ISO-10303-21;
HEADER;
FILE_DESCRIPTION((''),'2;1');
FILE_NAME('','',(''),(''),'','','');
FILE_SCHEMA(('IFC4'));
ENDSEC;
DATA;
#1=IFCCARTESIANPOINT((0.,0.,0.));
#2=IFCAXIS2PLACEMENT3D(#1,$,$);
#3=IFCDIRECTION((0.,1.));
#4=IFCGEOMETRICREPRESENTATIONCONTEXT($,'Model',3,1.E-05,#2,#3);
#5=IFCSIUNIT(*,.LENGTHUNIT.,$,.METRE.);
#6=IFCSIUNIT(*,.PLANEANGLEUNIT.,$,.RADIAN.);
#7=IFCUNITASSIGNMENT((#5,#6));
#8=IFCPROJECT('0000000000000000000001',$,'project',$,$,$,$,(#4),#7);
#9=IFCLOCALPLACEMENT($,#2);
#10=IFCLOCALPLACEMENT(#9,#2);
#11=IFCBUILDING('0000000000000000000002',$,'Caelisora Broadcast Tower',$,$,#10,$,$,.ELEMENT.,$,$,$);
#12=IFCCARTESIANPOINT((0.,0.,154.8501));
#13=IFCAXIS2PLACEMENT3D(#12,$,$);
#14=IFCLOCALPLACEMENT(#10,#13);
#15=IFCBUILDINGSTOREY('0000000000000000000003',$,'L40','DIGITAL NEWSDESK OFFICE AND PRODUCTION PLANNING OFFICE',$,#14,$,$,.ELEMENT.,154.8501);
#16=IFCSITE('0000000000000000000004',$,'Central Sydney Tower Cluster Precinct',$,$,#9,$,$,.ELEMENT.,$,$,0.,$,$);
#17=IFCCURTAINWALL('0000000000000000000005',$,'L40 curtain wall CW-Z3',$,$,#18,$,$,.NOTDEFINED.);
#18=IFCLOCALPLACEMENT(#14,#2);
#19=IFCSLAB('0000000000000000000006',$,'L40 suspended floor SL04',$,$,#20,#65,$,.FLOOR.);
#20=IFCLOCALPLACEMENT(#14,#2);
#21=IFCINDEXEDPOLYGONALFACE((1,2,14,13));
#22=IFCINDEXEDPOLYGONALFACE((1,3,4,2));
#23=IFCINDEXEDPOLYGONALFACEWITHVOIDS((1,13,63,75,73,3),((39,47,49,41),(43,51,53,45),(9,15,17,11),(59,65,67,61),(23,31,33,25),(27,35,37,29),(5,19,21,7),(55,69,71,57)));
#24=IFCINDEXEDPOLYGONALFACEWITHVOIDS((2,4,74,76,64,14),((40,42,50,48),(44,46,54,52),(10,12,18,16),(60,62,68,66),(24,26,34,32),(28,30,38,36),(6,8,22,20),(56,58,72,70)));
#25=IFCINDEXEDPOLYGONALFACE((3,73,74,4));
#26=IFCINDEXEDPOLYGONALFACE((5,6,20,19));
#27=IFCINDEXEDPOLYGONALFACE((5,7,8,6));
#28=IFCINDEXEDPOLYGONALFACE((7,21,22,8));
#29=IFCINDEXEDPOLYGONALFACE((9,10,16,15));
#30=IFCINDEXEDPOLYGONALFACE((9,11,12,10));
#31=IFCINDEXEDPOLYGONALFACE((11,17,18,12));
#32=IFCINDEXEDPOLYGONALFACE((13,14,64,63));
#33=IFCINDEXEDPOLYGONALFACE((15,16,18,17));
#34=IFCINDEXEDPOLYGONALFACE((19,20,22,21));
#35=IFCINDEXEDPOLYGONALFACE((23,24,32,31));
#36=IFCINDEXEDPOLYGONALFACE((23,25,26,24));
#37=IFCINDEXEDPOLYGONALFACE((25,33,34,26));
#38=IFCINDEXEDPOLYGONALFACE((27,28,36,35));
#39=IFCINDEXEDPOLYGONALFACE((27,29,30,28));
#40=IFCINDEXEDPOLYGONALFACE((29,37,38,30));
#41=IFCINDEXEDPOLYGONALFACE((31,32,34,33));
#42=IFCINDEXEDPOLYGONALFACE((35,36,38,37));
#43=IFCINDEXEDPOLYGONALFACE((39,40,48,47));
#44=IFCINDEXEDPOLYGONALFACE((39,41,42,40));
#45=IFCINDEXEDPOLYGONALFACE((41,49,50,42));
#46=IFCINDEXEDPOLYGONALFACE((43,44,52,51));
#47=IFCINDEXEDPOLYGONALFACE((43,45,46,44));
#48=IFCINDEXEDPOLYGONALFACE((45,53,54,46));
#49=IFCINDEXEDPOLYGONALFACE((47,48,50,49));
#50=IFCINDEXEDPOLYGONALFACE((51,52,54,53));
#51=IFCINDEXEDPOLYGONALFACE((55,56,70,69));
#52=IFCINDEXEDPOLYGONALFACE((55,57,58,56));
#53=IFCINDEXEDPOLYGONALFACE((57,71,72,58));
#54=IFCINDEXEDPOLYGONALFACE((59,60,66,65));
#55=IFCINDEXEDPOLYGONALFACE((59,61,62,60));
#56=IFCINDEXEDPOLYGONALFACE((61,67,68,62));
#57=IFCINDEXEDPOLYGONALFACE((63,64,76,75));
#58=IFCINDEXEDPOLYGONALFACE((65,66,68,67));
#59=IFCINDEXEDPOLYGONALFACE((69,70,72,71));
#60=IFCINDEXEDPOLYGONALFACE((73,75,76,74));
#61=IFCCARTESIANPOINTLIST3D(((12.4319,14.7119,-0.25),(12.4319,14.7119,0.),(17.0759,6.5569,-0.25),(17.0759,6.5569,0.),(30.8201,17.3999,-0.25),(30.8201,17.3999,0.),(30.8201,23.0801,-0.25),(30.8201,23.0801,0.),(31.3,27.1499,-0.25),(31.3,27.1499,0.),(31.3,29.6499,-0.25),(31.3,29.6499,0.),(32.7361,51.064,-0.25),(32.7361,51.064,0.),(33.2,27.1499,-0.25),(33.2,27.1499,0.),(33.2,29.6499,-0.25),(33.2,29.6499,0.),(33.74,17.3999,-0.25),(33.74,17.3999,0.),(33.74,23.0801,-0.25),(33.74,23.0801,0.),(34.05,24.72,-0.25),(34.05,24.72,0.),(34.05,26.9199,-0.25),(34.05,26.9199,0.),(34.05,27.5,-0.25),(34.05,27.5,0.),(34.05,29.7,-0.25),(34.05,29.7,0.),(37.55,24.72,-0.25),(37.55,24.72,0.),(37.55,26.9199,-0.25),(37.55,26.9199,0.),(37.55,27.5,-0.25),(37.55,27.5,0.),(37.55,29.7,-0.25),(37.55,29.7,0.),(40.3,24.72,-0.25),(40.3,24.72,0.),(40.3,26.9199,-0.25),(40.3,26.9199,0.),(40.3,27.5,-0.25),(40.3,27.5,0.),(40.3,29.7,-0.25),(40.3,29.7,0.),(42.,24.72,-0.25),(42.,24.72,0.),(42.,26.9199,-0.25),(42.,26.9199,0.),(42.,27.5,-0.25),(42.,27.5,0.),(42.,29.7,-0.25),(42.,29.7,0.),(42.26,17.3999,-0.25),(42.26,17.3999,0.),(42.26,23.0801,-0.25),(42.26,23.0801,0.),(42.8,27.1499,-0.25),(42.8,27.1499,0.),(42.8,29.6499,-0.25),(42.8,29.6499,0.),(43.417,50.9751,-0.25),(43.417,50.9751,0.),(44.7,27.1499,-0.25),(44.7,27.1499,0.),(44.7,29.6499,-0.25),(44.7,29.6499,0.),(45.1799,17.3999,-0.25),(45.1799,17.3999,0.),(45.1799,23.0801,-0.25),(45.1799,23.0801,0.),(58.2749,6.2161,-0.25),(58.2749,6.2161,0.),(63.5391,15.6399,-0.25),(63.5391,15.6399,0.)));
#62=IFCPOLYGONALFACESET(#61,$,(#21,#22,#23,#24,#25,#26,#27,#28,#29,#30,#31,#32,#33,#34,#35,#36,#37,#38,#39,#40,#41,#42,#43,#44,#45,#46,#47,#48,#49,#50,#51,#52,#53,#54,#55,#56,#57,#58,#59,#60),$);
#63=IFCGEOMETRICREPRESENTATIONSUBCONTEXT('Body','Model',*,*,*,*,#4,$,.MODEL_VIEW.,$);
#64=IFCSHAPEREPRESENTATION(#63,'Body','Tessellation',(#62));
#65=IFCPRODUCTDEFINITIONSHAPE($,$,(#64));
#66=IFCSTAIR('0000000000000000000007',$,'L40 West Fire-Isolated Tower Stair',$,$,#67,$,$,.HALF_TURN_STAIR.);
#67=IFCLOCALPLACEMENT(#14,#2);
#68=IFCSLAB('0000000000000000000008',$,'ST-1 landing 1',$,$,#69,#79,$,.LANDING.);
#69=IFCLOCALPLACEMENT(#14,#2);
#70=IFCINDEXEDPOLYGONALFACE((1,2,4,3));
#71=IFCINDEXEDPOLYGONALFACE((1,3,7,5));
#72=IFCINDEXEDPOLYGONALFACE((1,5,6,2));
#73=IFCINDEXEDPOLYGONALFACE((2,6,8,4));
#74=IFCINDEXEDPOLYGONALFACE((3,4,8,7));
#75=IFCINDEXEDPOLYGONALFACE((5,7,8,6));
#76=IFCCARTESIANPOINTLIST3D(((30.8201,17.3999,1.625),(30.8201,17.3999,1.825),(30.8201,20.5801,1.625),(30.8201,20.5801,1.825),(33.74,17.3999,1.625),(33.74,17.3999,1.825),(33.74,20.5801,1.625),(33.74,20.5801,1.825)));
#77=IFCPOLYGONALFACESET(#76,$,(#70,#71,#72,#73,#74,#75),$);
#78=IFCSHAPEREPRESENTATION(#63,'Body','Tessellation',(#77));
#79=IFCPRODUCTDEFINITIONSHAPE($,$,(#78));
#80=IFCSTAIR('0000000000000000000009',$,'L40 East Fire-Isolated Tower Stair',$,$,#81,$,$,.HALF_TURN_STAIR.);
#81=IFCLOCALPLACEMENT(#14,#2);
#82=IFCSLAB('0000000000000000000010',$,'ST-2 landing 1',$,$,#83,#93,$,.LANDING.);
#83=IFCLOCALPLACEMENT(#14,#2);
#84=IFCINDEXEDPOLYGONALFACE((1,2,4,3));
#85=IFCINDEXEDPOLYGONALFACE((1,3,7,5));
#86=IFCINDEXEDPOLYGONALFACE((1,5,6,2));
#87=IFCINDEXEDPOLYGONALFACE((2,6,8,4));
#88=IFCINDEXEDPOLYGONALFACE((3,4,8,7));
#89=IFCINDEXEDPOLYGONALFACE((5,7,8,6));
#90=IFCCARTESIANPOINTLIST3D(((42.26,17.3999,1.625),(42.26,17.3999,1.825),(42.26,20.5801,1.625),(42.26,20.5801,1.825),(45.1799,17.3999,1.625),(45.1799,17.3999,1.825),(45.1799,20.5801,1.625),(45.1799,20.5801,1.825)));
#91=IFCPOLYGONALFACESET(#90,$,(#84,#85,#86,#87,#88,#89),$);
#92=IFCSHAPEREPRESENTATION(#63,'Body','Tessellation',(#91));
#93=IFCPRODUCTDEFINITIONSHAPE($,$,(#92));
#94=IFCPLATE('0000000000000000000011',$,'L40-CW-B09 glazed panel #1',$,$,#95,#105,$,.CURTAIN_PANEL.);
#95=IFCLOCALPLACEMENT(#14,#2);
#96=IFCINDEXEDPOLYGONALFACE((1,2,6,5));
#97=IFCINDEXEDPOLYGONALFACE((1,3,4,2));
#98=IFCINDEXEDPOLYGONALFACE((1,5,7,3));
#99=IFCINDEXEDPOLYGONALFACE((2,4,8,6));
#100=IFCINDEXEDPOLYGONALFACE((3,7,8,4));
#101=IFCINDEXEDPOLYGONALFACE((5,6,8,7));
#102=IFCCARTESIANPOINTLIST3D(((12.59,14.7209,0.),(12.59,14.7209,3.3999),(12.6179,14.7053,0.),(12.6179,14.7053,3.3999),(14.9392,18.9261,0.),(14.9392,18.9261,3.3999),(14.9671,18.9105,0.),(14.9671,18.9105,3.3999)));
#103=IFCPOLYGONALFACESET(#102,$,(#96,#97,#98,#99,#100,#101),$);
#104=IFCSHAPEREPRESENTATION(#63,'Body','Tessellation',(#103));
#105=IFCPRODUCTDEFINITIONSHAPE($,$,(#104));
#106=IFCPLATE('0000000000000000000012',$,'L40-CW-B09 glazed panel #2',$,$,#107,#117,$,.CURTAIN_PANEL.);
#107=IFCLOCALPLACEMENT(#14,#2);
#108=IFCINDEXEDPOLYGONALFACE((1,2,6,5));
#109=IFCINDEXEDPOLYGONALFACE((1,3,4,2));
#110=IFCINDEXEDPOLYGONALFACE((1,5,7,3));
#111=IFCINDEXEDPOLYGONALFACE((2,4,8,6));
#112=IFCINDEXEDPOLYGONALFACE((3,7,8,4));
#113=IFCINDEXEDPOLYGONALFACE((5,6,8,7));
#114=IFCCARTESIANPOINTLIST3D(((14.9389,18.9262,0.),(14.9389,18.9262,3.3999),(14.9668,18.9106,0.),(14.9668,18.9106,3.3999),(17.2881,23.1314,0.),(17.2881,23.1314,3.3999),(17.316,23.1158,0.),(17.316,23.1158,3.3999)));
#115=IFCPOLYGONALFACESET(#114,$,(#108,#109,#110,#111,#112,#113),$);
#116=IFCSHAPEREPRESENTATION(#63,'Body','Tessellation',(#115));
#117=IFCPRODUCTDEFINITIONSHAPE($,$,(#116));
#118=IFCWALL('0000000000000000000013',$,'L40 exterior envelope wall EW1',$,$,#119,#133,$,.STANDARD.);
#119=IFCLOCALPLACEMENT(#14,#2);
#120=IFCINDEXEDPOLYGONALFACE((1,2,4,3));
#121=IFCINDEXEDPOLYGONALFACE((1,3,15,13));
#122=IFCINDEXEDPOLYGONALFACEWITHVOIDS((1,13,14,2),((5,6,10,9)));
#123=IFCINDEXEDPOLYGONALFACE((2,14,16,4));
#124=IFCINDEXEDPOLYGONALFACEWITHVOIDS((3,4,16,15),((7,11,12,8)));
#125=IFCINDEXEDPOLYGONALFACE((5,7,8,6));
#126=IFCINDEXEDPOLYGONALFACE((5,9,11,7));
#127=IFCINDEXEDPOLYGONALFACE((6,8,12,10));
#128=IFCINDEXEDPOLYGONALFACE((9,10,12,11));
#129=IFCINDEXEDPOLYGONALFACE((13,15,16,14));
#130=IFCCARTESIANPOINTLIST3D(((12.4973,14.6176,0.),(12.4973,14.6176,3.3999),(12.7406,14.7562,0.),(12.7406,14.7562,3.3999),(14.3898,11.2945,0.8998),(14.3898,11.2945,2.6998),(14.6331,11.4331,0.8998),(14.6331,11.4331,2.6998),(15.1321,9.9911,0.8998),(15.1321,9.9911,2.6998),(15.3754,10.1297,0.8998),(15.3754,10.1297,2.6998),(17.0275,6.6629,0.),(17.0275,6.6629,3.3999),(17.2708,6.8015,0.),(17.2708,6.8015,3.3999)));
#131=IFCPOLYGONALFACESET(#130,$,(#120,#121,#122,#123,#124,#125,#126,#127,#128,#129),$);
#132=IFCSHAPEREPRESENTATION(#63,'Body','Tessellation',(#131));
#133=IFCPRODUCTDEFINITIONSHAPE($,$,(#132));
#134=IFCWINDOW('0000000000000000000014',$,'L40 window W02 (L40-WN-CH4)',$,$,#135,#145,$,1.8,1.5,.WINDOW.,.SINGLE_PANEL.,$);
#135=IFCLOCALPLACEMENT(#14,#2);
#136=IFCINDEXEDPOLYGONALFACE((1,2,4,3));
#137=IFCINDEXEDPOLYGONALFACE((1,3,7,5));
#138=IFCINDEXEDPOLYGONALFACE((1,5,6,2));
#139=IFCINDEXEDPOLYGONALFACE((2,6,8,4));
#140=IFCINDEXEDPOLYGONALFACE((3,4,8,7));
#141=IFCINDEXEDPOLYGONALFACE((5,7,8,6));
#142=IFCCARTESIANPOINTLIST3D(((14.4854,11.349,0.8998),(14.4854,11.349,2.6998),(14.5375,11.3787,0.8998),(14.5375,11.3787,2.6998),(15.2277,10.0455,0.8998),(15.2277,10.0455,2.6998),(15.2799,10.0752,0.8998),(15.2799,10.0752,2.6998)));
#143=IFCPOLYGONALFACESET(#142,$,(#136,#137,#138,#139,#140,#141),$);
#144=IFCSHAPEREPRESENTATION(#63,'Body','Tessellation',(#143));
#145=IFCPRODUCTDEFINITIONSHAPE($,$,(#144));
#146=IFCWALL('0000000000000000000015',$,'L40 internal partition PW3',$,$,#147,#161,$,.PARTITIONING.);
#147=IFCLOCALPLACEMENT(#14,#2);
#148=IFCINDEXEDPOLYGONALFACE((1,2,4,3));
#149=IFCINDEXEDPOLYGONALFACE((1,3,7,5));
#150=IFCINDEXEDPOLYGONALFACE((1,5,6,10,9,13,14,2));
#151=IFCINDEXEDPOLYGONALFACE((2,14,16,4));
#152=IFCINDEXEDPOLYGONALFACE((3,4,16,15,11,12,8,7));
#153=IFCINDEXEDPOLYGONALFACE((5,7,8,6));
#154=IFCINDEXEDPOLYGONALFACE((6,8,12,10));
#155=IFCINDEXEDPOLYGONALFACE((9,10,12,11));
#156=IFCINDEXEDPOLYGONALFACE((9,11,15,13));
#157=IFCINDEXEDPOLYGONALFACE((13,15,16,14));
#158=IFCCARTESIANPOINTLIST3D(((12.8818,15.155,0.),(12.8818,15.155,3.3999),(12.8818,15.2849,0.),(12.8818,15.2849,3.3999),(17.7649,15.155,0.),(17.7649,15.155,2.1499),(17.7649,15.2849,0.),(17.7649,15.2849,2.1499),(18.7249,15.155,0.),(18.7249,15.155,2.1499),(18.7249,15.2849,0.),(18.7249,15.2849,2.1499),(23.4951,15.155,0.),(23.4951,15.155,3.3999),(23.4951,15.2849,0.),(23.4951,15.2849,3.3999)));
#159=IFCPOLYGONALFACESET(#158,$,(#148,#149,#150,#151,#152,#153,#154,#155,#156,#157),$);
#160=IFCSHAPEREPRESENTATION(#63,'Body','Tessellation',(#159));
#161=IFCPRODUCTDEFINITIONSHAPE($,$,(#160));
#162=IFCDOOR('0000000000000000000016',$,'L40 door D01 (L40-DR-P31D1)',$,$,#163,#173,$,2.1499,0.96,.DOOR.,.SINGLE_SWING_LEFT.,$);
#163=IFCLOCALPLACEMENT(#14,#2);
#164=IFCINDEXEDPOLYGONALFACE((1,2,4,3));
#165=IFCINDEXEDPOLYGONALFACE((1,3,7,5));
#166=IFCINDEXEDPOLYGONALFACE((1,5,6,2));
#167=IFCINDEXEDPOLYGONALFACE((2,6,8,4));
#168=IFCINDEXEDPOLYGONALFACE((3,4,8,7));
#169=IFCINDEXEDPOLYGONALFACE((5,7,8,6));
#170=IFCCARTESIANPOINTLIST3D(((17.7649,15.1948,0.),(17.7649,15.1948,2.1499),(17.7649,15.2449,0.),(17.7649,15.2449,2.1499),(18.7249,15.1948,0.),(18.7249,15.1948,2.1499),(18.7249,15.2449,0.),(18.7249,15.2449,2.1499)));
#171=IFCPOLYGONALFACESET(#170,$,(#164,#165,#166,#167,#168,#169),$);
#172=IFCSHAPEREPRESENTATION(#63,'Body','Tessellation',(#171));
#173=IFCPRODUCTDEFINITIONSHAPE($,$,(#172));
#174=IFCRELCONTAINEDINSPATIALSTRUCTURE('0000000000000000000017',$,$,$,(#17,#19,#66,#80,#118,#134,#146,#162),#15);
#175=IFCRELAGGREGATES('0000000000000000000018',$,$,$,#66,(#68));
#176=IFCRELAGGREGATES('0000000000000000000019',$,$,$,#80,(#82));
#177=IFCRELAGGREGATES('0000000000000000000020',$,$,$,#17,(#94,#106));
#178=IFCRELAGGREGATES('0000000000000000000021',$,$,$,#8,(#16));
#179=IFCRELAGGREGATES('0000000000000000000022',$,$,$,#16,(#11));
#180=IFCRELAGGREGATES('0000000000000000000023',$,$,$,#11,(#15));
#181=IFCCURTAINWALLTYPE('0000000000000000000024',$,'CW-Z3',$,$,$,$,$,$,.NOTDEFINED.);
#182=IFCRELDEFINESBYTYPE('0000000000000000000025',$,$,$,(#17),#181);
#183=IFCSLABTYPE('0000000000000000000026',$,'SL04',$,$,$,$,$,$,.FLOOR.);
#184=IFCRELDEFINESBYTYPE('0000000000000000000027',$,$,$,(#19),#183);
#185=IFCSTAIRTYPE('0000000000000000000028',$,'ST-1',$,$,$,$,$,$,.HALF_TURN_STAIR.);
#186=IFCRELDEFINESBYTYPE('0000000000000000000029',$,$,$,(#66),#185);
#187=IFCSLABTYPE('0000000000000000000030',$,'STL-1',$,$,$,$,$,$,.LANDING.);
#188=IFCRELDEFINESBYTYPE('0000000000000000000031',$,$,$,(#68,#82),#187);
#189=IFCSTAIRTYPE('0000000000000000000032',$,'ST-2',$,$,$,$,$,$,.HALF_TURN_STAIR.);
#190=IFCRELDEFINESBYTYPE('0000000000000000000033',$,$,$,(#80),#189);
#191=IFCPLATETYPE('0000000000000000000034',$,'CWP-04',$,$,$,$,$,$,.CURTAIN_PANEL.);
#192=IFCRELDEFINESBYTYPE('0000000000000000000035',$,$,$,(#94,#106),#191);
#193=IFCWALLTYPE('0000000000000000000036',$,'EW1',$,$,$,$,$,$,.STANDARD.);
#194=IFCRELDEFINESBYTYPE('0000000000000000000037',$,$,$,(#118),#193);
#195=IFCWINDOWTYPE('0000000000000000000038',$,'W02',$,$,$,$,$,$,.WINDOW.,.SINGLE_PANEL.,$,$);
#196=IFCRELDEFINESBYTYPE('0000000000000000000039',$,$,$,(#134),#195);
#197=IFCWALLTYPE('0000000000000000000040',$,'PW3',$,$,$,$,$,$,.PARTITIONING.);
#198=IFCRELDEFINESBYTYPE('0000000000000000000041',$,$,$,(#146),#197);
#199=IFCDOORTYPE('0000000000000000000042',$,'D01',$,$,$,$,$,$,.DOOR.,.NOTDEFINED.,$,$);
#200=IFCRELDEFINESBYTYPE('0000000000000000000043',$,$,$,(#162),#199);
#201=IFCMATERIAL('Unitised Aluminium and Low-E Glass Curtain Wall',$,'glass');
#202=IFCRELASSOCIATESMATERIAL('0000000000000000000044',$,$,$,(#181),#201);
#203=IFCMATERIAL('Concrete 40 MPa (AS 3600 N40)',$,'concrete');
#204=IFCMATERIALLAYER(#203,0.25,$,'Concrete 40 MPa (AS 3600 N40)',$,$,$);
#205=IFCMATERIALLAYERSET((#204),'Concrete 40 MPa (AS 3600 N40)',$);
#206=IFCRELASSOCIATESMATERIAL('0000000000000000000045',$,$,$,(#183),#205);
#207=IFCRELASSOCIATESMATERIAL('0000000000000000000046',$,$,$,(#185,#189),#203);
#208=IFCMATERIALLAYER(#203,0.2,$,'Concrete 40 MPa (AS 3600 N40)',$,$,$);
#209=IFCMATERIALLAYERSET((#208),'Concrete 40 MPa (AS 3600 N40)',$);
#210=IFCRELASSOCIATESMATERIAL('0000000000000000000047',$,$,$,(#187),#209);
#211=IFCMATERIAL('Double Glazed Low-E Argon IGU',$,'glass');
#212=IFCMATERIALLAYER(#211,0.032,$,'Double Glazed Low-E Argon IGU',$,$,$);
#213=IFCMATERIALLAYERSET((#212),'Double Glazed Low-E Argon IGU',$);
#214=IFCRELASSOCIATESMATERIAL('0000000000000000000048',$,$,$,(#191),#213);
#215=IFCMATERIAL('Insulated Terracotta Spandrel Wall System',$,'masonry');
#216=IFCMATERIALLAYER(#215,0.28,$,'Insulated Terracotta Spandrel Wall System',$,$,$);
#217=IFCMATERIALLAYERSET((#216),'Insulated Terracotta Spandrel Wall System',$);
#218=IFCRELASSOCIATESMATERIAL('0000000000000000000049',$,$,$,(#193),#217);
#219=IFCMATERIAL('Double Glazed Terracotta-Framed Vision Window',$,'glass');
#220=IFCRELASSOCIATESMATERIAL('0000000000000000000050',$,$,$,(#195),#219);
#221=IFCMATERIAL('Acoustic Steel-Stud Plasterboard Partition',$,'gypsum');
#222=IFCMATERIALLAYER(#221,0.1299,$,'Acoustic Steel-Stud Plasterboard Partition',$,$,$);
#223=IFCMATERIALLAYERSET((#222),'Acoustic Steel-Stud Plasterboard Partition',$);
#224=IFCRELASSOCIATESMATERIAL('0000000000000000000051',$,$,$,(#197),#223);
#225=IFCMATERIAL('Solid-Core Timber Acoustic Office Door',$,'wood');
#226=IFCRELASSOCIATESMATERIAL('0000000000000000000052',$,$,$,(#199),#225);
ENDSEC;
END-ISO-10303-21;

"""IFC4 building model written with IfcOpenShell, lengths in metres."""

from ifc_helpers import new_model, si_unit, direction, frame, frame_2d, origin, origin_2d, place, context, subcontext, project, spatial, polyline, rectangle, outline, extrude, source, transform, mapped, material, layer, layer_set, type_object, type_shapes, element, fill, aggregate, save


model = new_model("IFC4")

# Units and contexts
model_context = context("Model", 3, precision=1e-05, world=origin(), true_north=direction((0.0, 1.0)))
body_context = subcontext(model_context, "Body", "Model", "MODEL_VIEW")
ifc_project = project(units=[si_unit("LENGTHUNIT", "METRE"), si_unit("PLANEANGLEUNIT", "RADIAN")], contexts=[model_context])

# Site, building, storey
site_placement = place(None, origin())
site = spatial("IfcSite", under=ifc_project, at=site_placement, Name="Central Sydney Tower Cluster Precinct", CompositionType="ELEMENT", RefElevation=0.0)
building_placement = place(site_placement, origin())
building = spatial("IfcBuilding", under=site, at=building_placement, Name="Caelisora Broadcast Tower", CompositionType="ELEMENT")
storey_placement = place(building_placement, frame((0.0, 0.0, 154.8501)))
storey = spatial("IfcBuildingStorey", under=building, at=storey_placement, Name="L40", Description="DIGITAL NEWSDESK OFFICE AND PRODUCTION PLANNING OFFICE", CompositionType="ELEMENT", Elevation=154.8501)

# Shared definitions
ifc_material_1 = material(Name="Unitised Aluminium and Low-E Glass Curtain Wall", Category="glass")
curtain_wall_type = type_object("IfcCurtainWallType", Name="CW-Z3", PredefinedType="NOTDEFINED", material=ifc_material_1)

# Curtain wall
curtain_wall_1_placement = place(storey_placement, origin())
curtain_wall_1 = element("IfcCurtainWall", 1, at=curtain_wall_1_placement, inside=storey, type_object=curtain_wall_type, Name="L40 curtain wall CW-Z3", PredefinedType="NOTDEFINED")

# Slab
ifc_material_2 = material(Name="Concrete 40 MPa (AS 3600 N40)", Category="concrete")
ifc_layer_1 = layer(ifc_material_2, 0.25, Name="Concrete 40 MPa (AS 3600 N40)")
ifc_layer_set_1 = layer_set([ifc_layer_1], Name="Concrete 40 MPa (AS 3600 N40)")
slab_type_1 = type_object("IfcSlabType", Name="SL04", PredefinedType="FLOOR", material=ifc_layer_set_1)
slab_1_placement = place(storey_placement, frame((0.0, 0.0, -0.25)))
element("IfcSlab", 2, at=slab_1_placement, inside=storey, type_object=slab_type_1, Name="L40 suspended floor SL04", PredefinedType="FLOOR", context=body_context, shape_type="SweptSolid", body=[
    extrude(outline(polyline([(43.417, 50.9751), (32.7361, 51.064), (12.4319, 14.7119), (17.0759, 6.5569), (58.2749, 6.2161), (63.5391, 15.6399), (43.417, 50.9751)]), holes=[polyline([(30.8201, 17.3999), (33.74, 17.3999), (33.74, 23.0801), (30.8201, 23.0801), (30.8201, 17.3999)]), polyline([(42.26, 17.3999), (45.1799, 17.3999), (45.1799, 23.0801), (42.26, 23.0801), (42.26, 17.3999)]), polyline([(42.8, 27.1499), (44.7, 27.1499), (44.7, 29.6499), (42.8, 29.6499), (42.8, 27.1499)]), polyline([(40.3, 24.72), (42.0, 24.72), (42.0, 26.9199), (40.3, 26.9199), (40.3, 24.72)]), polyline([(40.3, 27.5), (42.0, 27.5), (42.0, 29.7), (40.3, 29.7), (40.3, 27.5)]), polyline([(34.05, 24.72), (37.55, 24.72), (37.55, 26.9199), (34.05, 26.9199), (34.05, 24.72)]), polyline([(34.05, 27.5), (37.55, 27.5), (37.55, 29.7), (34.05, 29.7), (34.05, 27.5)]), polyline([(31.3, 27.1499), (33.2, 27.1499), (33.2, 29.6499), (31.3, 29.6499), (31.3, 27.1499)])]), origin(), (0.0, 0.0, 1.0), 0.25),
])

# Stairs, slabs
stair_type_1 = type_object("IfcStairType", Name="ST-1", PredefinedType="HALF_TURN_STAIR", material=ifc_material_2)
stair_1_placement = place(storey_placement, origin())
stair_1 = element("IfcStair", 3, at=stair_1_placement, inside=storey, type_object=stair_type_1, Name="L40 West Fire-Isolated Tower Stair", PredefinedType="HALF_TURN_STAIR")
ifc_layer_2 = layer(ifc_material_2, 0.2, Name="Concrete 40 MPa (AS 3600 N40)")
ifc_layer_set_2 = layer_set([ifc_layer_2], Name="Concrete 40 MPa (AS 3600 N40)")
slab_type_2 = type_object("IfcSlabType", Name="STL-1", PredefinedType="LANDING", material=ifc_layer_set_2)
slab_2_placement = place(storey_placement, frame((0.0, 0.0, 1.625)))
slab_2 = element("IfcSlab", 4, at=slab_2_placement, type_object=slab_type_2, Name="ST-1 landing 1", PredefinedType="LANDING", context=body_context, shape_type="SweptSolid", body=[
    extrude(outline(polyline([(30.8201, 20.5801), (30.8201, 17.3999), (33.74, 17.3999), (33.74, 20.5801), (30.8201, 20.5801)])), origin(), (0.0, 0.0, 1.0), 0.2),
])
aggregate(stair_1, [slab_2])
stair_type_2 = type_object("IfcStairType", Name="ST-2", PredefinedType="HALF_TURN_STAIR", material=ifc_material_2)
stair_2_placement = place(storey_placement, origin())
stair_2 = element("IfcStair", 5, at=stair_2_placement, inside=storey, type_object=stair_type_2, Name="L40 East Fire-Isolated Tower Stair", PredefinedType="HALF_TURN_STAIR")
slab_3_placement = place(storey_placement, frame((0.0, 0.0, 1.625)))
slab_3 = element("IfcSlab", 6, at=slab_3_placement, type_object=slab_type_2, Name="ST-2 landing 1", PredefinedType="LANDING", context=body_context, shape_type="SweptSolid", body=[
    extrude(outline(polyline([(42.26, 20.5801), (42.26, 17.3999), (45.1799, 17.3999), (45.1799, 20.5801), (42.26, 20.5801)])), origin(), (0.0, 0.0, 1.0), 0.2),
])
aggregate(stair_2, [slab_3])

# Plates
ifc_material_3 = material(Name="Double Glazed Low-E Argon IGU", Category="glass")
ifc_layer_3 = layer(ifc_material_3, 0.032, Name="Double Glazed Low-E Argon IGU")
ifc_layer_set_3 = layer_set([ifc_layer_3], Name="Double Glazed Low-E Argon IGU")
plate_type = type_object("IfcPlateType", Name="CWP-04", PredefinedType="CURTAIN_PANEL", material=ifc_layer_set_3)
shared_shape_1 = source(origin(), body_context, "Body", "SweptSolid", [
    extrude(rectangle(XDim=4.8169, YDim=0.032, at=origin_2d()), origin(), (0.0, 0.0, 1.0), 3.3999),
])
type_shapes(plate_type, [shared_shape_1])
plate_1_placement = place(storey_placement, frame((13.7786, 16.8157, 0.0), z_axis=(0.0, 0.0, 1.0), x_axis=(0.487707, 0.873007, 0.0)))
plate_1 = element("IfcPlate", 7, at=plate_1_placement, type_object=plate_type, Name="L40-CW-B09 glazed panel #1", PredefinedType="CURTAIN_PANEL", context=body_context, shape_type="MappedRepresentation", body=[
    mapped(shared_shape_1, transform((0.0, 0.0, 0.0), scale=1.0)),
])
plate_2_placement = place(storey_placement, frame((16.1274, 21.021, 0.0), z_axis=(0.0, 0.0, 1.0), x_axis=(0.487707, 0.873007, 0.0)))
plate_2 = element("IfcPlate", 8, at=plate_2_placement, type_object=plate_type, Name="L40-CW-B09 glazed panel #2", PredefinedType="CURTAIN_PANEL", context=body_context, shape_type="MappedRepresentation", body=[
    mapped(shared_shape_1, transform((0.0, 0.0, 0.0), scale=1.0)),
])
aggregate(curtain_wall_1, [plate_1, plate_2])

# Wall, opening, window
ifc_material_4 = material(Name="Insulated Terracotta Spandrel Wall System", Category="masonry")
ifc_layer_4 = layer(ifc_material_4, 0.28, Name="Insulated Terracotta Spandrel Wall System")
ifc_layer_set_4 = layer_set([ifc_layer_4], Name="Insulated Terracotta Spandrel Wall System")
wall_type_1 = type_object("IfcWallType", Name="EW1", PredefinedType="STANDARD", material=ifc_layer_set_4)
wall_1_placement = place(storey_placement, frame((17.1492, 6.7322, 0.0), z_axis=(0.0, 0.0, 1.0), x_axis=(-0.494875, 0.868964, 0.0)))
wall_1 = element("IfcWall", 9, at=wall_1_placement, inside=storey, type_object=wall_type_1, Name="L40 exterior envelope wall EW1", PredefinedType="STANDARD", context=body_context, shape_type="SweptSolid", body=[
    extrude(rectangle(XDim=9.1543, YDim=0.28, at=frame_2d((4.5771, 0.0))), origin(), (0.0, 0.0, 1.0), 3.3999),
])
opening_1_placement = place(wall_1_placement, frame((3.8301, 0.0, 0.8999)))
opening_1 = element("IfcOpeningElement", 10, at=opening_1_placement, cuts=wall_1, PredefinedType="OPENING", context=body_context, shape_type="SweptSolid", body=[
    extrude(rectangle(XDim=1.5, YDim=1.8, at=frame_2d((0.75, 0.8999))), frame((0.0, 0.1521, 0.0), z_axis=(0.0, -1.0, 0.0), x_axis=(1.0, 0.0, 0.0)), (0.0, 0.0, 1.0), 0.304),
])
ifc_material_5 = material(Name="Double Glazed Terracotta-Framed Vision Window", Category="glass")
window_type = type_object("IfcWindowType", Name="W02", PartitioningType="SINGLE_PANEL", PredefinedType="WINDOW", material=ifc_material_5)
window_placement = place(opening_1_placement, origin())
window = element("IfcWindow", 11, at=window_placement, inside=storey, type_object=window_type, Name="L40 window W02 (L40-WN-CH4)", OverallHeight=1.8, OverallWidth=1.5, PartitioningType="SINGLE_PANEL", PredefinedType="WINDOW", context=body_context, shape_type="SweptSolid", body=[
    extrude(rectangle(XDim=1.5, YDim=1.8, at=frame_2d((0.75, 0.8999))), frame((0.0, 0.03, 0.0), z_axis=(0.0, -1.0, 0.0), x_axis=(1.0, 0.0, 0.0)), (0.0, 0.0, 1.0), 0.0601),
])
fill(opening_1, window)

# Wall, opening, door
ifc_material_6 = material(Name="Acoustic Steel-Stud Plasterboard Partition", Category="gypsum")
ifc_layer_5 = layer(ifc_material_6, 0.1299, Name="Acoustic Steel-Stud Plasterboard Partition")
ifc_layer_set_5 = layer_set([ifc_layer_5], Name="Acoustic Steel-Stud Plasterboard Partition")
wall_type_2 = type_object("IfcWallType", Name="PW3", PredefinedType="PARTITIONING", material=ifc_layer_set_5)
wall_2_placement = place(storey_placement, frame((12.8818, 15.22, 0.0), z_axis=(0.0, 0.0, 1.0), x_axis=(1.0, 0.0, 0.0)))
wall_2 = element("IfcWall", 12, at=wall_2_placement, inside=storey, type_object=wall_type_2, Name="L40 internal partition PW3", PredefinedType="PARTITIONING", context=body_context, shape_type="SweptSolid", body=[
    extrude(rectangle(XDim=10.6133, YDim=0.1299, at=frame_2d((5.3066, 0.0))), origin(), (0.0, 0.0, 1.0), 3.3999),
])
opening_2_placement = place(wall_2_placement, frame((4.8831, 0.0, 0.0)))
opening_2 = element("IfcOpeningElement", 13, at=opening_2_placement, cuts=wall_2, PredefinedType="OPENING", context=body_context, shape_type="SweptSolid", body=[
    extrude(rectangle(XDim=0.96, YDim=2.1499, at=frame_2d((0.48, 1.075))), frame((0.0, 0.0769, 0.0), z_axis=(0.0, -1.0, 0.0), x_axis=(1.0, 0.0, 0.0)), (0.0, 0.0, 1.0), 0.1538),
])
ifc_material_7 = material(Name="Solid-Core Timber Acoustic Office Door", Category="wood")
door_type = type_object("IfcDoorType", Name="D01", OperationType="NOTDEFINED", PredefinedType="DOOR", material=ifc_material_7)
door_placement = place(opening_2_placement, origin())
door = element("IfcDoor", 14, at=door_placement, inside=storey, type_object=door_type, Name="L40 door D01 (L40-DR-P31D1)", OperationType="SINGLE_SWING_LEFT", OverallHeight=2.1499, OverallWidth=0.96, PredefinedType="DOOR", context=body_context, shape_type="SweptSolid", body=[
    extrude(rectangle(XDim=0.96, YDim=2.1499, at=frame_2d((0.48, 1.075))), frame((0.0, 0.0249, 0.0), z_axis=(0.0, -1.0, 0.0), x_axis=(1.0, 0.0, 0.0)), (0.0, 0.0, 1.0), 0.05),
])
fill(opening_2, door)

save(model, "model.ifc")
